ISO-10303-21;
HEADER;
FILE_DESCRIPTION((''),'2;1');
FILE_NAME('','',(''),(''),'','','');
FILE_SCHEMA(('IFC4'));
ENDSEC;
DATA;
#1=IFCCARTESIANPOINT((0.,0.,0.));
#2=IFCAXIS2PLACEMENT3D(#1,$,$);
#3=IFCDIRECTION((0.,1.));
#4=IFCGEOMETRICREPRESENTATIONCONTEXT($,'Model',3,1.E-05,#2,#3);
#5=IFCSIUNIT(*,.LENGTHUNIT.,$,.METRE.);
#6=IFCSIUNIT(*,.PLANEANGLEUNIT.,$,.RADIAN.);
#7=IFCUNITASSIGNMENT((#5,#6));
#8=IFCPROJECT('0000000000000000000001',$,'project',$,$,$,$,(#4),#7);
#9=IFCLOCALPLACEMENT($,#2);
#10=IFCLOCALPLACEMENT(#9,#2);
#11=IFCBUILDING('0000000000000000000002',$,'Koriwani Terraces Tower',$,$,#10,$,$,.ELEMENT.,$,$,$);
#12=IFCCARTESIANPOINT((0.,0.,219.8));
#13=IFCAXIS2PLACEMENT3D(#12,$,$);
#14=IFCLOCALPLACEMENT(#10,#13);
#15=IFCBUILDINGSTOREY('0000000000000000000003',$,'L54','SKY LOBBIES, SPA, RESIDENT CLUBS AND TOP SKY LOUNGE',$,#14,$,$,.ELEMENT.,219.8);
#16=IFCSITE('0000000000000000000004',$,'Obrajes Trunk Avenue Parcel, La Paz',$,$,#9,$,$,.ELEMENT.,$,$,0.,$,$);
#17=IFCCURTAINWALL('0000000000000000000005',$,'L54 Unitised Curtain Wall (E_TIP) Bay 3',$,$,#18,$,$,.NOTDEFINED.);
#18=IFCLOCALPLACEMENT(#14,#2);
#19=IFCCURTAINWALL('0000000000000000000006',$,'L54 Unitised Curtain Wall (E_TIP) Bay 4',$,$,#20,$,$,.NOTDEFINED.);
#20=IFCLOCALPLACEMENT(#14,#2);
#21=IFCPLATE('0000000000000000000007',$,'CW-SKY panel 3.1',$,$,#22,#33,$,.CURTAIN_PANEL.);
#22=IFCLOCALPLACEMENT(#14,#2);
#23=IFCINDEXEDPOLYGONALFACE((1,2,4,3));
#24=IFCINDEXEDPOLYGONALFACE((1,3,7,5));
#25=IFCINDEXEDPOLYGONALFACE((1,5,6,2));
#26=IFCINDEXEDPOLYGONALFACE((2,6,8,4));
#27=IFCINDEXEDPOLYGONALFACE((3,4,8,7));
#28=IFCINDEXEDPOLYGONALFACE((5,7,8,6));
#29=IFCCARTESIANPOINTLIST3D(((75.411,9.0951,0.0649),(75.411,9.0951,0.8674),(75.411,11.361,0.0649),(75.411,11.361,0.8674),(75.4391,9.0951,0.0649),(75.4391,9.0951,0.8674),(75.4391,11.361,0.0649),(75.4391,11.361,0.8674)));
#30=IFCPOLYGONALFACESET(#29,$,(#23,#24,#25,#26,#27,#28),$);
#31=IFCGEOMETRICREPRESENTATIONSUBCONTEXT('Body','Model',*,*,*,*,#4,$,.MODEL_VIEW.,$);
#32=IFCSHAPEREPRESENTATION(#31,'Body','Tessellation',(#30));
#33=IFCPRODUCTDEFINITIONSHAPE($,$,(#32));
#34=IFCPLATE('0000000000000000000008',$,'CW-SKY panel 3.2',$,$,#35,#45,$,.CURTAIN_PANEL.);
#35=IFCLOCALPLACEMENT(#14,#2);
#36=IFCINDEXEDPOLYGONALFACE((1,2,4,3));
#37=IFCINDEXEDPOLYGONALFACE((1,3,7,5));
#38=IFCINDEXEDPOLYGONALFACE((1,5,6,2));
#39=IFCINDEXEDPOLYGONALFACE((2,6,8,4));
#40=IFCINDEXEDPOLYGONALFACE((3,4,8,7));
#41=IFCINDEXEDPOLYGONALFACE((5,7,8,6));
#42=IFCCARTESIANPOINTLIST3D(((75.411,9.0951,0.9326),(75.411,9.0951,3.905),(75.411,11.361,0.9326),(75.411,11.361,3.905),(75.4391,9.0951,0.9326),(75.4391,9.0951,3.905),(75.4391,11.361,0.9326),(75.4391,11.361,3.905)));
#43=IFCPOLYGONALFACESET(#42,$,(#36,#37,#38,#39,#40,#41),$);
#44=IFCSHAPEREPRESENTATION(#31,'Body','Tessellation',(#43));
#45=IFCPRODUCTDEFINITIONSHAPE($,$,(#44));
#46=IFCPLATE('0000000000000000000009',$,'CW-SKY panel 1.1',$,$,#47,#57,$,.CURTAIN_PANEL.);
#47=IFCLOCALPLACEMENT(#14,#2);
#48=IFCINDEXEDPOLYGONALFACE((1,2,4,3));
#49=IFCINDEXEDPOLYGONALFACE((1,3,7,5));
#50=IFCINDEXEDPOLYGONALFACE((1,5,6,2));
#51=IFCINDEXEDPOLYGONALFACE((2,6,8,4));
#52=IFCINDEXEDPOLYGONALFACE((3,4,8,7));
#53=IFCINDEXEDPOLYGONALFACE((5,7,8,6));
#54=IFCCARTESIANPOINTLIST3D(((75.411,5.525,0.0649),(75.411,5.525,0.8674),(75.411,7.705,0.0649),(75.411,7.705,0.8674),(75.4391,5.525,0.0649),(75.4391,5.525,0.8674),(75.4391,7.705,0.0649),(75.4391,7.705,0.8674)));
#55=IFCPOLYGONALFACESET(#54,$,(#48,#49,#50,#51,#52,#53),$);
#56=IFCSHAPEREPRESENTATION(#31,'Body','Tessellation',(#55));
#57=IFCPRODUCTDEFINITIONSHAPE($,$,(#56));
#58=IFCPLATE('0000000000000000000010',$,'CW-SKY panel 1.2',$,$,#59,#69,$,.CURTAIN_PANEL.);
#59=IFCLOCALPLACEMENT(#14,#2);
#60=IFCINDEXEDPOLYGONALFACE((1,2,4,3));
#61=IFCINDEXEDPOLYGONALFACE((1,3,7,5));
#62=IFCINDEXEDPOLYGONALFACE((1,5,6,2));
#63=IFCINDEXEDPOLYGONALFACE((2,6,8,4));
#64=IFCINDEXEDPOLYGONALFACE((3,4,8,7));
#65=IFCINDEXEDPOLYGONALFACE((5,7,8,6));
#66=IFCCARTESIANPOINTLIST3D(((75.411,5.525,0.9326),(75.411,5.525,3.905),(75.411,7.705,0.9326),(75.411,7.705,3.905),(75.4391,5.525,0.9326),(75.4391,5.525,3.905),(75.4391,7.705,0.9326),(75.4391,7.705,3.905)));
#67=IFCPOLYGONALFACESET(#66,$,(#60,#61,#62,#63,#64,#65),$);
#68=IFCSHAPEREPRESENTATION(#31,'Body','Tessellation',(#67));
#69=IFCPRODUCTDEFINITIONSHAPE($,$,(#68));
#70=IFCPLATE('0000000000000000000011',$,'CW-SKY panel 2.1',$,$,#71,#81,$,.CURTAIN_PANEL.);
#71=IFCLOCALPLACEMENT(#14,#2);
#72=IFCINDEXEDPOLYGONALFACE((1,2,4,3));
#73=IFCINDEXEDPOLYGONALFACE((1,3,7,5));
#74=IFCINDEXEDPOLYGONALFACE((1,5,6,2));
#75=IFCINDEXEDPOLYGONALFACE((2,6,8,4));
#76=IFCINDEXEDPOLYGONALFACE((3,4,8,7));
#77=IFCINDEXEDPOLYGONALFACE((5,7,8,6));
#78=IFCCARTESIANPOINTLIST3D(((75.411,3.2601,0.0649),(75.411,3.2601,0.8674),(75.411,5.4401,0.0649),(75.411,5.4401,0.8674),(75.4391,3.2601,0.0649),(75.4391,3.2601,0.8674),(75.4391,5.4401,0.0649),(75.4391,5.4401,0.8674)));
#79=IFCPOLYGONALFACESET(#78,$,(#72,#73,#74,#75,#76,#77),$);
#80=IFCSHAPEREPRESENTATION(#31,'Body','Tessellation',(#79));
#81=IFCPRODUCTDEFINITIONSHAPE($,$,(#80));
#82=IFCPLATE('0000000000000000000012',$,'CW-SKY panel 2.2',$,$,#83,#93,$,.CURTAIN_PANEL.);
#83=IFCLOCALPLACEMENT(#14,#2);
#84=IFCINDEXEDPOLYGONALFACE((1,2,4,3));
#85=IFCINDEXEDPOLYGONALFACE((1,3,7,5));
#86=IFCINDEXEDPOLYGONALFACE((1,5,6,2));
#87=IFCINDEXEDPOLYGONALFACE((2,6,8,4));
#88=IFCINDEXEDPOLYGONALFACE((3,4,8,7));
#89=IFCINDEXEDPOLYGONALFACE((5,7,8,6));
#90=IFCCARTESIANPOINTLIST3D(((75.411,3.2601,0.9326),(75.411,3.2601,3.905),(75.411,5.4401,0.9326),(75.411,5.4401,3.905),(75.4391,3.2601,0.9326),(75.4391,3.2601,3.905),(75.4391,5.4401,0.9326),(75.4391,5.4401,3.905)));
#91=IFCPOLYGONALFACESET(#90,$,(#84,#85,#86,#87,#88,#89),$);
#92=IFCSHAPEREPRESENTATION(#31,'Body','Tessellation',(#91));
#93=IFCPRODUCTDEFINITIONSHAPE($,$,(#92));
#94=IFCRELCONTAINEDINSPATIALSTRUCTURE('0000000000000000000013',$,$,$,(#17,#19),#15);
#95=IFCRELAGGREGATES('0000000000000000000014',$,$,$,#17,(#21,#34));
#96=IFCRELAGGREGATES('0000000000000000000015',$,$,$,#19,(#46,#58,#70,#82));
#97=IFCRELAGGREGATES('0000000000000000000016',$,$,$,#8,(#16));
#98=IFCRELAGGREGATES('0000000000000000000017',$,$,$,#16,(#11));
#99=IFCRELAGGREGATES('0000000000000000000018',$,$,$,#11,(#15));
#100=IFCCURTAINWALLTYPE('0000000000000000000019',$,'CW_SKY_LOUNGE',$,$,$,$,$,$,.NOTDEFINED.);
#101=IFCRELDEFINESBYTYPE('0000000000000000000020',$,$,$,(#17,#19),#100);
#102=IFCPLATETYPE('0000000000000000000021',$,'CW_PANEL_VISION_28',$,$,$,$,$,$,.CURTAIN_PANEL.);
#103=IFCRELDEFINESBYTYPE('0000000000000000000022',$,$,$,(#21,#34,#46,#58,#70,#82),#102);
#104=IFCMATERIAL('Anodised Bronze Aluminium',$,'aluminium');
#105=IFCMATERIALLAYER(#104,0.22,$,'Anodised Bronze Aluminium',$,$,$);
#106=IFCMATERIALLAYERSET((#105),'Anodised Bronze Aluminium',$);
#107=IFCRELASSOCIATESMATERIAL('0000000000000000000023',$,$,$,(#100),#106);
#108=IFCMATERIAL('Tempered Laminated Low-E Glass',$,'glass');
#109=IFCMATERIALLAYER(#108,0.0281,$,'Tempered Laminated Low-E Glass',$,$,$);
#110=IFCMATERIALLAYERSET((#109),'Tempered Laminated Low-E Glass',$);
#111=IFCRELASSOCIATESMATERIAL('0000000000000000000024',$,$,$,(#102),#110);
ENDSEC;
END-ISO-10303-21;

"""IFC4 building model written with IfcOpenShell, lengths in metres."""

from ifc_helpers import new_model, si_unit, direction, frame, origin, origin_2d, place, context, subcontext, project, spatial, rectangle, extrude, material, layer, layer_set, type_object, element, aggregate, save


model = new_model("IFC4")

# Units and contexts
model_context = context("Model", 3, precision=1e-05, world=origin(), true_north=direction((0.0, 1.0)))
body_context = subcontext(model_context, "Body", "Model", "MODEL_VIEW")
ifc_project = project(units=[si_unit("LENGTHUNIT", "METRE"), si_unit("PLANEANGLEUNIT", "RADIAN")], contexts=[model_context])

# Site, building, storey
site_placement = place(None, origin())
site = spatial("IfcSite", under=ifc_project, at=site_placement, Name="Obrajes Trunk Avenue Parcel, La Paz", CompositionType="ELEMENT", RefElevation=0.0)
building_placement = place(site_placement, origin())
building = spatial("IfcBuilding", under=site, at=building_placement, Name="Koriwani Terraces Tower", CompositionType="ELEMENT")
storey_placement = place(building_placement, frame((0.0, 0.0, 219.8)))
storey = spatial("IfcBuildingStorey", under=building, at=storey_placement, Name="L54", Description="SKY LOBBIES, SPA, RESIDENT CLUBS AND TOP SKY LOUNGE", CompositionType="ELEMENT", Elevation=219.8)

# Curtain walls
ifc_material_1 = material(Name="Anodised Bronze Aluminium", Category="aluminium")
ifc_layer_1 = layer(ifc_material_1, 0.22, Name="Anodised Bronze Aluminium")
ifc_layer_set_1 = layer_set([ifc_layer_1], Name="Anodised Bronze Aluminium")
curtain_wall_type = type_object("IfcCurtainWallType", Name="CW_SKY_LOUNGE", PredefinedType="NOTDEFINED", material=ifc_layer_set_1)
curtain_wall_1_placement = place(storey_placement, origin())
curtain_wall_1 = element("IfcCurtainWall", 1, at=curtain_wall_1_placement, inside=storey, type_object=curtain_wall_type, Name="L54 Unitised Curtain Wall (E_TIP) Bay 3", PredefinedType="NOTDEFINED")
curtain_wall_2_placement = place(storey_placement, origin())
curtain_wall_2 = element("IfcCurtainWall", 2, at=curtain_wall_2_placement, inside=storey, type_object=curtain_wall_type, Name="L54 Unitised Curtain Wall (E_TIP) Bay 4", PredefinedType="NOTDEFINED")

# Plates
ifc_material_2 = material(Name="Tempered Laminated Low-E Glass", Category="glass")
ifc_layer_2 = layer(ifc_material_2, 0.0281, Name="Tempered Laminated Low-E Glass")
ifc_layer_set_2 = layer_set([ifc_layer_2], Name="Tempered Laminated Low-E Glass")
plate_type = type_object("IfcPlateType", Name="CW_PANEL_VISION_28", PredefinedType="CURTAIN_PANEL", material=ifc_layer_set_2)
plate_1_placement = place(storey_placement, frame((75.425, 10.228, 0.0649), z_axis=(0.0, 0.0, 1.0), x_axis=(0.0, -1.0, 0.0)))
plate_1 = element("IfcPlate", 3, at=plate_1_placement, type_object=plate_type, Name="CW-SKY panel 3.1", PredefinedType="CURTAIN_PANEL", context=body_context, shape_type="SweptSolid", body=[
    extrude(rectangle(XDim=2.2659, YDim=0.0281, at=origin_2d()), origin(), (0.0, 0.0, 1.0), 0.8025),
])
plate_2_placement = place(storey_placement, frame((75.425, 10.228, 0.9326), z_axis=(0.0, 0.0, 1.0), x_axis=(0.0, -1.0, 0.0)))
plate_2 = element("IfcPlate", 4, at=plate_2_placement, type_object=plate_type, Name="CW-SKY panel 3.2", PredefinedType="CURTAIN_PANEL", context=body_context, shape_type="SweptSolid", body=[
    extrude(rectangle(XDim=2.2659, YDim=0.0281, at=origin_2d()), origin(), (0.0, 0.0, 1.0), 2.9724),
])
aggregate(curtain_wall_1, [plate_1, plate_2])
plate_3_placement = place(storey_placement, frame((75.425, 6.615, 0.0649), z_axis=(0.0, 0.0, 1.0), x_axis=(0.0, -1.0, 0.0)))
plate_3 = element("IfcPlate", 5, at=plate_3_placement, type_object=plate_type, Name="CW-SKY panel 1.1", PredefinedType="CURTAIN_PANEL", context=body_context, shape_type="SweptSolid", body=[
    extrude(rectangle(XDim=2.1799, YDim=0.0281, at=origin_2d()), origin(), (0.0, 0.0, 1.0), 0.8025),
])
plate_4_placement = place(storey_placement, frame((75.425, 6.615, 0.9326), z_axis=(0.0, 0.0, 1.0), x_axis=(0.0, -1.0, 0.0)))
plate_4 = element("IfcPlate", 6, at=plate_4_placement, type_object=plate_type, Name="CW-SKY panel 1.2", PredefinedType="CURTAIN_PANEL", context=body_context, shape_type="SweptSolid", body=[
    extrude(rectangle(XDim=2.1799, YDim=0.0281, at=origin_2d()), origin(), (0.0, 0.0, 1.0), 2.9724),
])
plate_5_placement = place(storey_placement, frame((75.425, 4.3501, 0.0649), z_axis=(0.0, 0.0, 1.0), x_axis=(0.0, -1.0, 0.0)))
plate_5 = element("IfcPlate", 7, at=plate_5_placement, type_object=plate_type, Name="CW-SKY panel 2.1", PredefinedType="CURTAIN_PANEL", context=body_context, shape_type="SweptSolid", body=[
    extrude(rectangle(XDim=2.1799, YDim=0.0281, at=origin_2d()), origin(), (0.0, 0.0, 1.0), 0.8025),
])
plate_6_placement = place(storey_placement, frame((75.425, 4.3501, 0.9326), z_axis=(0.0, 0.0, 1.0), x_axis=(0.0, -1.0, 0.0)))
plate_6 = element("IfcPlate", 8, at=plate_6_placement, type_object=plate_type, Name="CW-SKY panel 2.2", PredefinedType="CURTAIN_PANEL", context=body_context, shape_type="SweptSolid", body=[
    extrude(rectangle(XDim=2.1799, YDim=0.0281, at=origin_2d()), origin(), (0.0, 0.0, 1.0), 2.9724),
])
aggregate(curtain_wall_2, [plate_3, plate_4, plate_5, plate_6])

save(model, "model.ifc")
